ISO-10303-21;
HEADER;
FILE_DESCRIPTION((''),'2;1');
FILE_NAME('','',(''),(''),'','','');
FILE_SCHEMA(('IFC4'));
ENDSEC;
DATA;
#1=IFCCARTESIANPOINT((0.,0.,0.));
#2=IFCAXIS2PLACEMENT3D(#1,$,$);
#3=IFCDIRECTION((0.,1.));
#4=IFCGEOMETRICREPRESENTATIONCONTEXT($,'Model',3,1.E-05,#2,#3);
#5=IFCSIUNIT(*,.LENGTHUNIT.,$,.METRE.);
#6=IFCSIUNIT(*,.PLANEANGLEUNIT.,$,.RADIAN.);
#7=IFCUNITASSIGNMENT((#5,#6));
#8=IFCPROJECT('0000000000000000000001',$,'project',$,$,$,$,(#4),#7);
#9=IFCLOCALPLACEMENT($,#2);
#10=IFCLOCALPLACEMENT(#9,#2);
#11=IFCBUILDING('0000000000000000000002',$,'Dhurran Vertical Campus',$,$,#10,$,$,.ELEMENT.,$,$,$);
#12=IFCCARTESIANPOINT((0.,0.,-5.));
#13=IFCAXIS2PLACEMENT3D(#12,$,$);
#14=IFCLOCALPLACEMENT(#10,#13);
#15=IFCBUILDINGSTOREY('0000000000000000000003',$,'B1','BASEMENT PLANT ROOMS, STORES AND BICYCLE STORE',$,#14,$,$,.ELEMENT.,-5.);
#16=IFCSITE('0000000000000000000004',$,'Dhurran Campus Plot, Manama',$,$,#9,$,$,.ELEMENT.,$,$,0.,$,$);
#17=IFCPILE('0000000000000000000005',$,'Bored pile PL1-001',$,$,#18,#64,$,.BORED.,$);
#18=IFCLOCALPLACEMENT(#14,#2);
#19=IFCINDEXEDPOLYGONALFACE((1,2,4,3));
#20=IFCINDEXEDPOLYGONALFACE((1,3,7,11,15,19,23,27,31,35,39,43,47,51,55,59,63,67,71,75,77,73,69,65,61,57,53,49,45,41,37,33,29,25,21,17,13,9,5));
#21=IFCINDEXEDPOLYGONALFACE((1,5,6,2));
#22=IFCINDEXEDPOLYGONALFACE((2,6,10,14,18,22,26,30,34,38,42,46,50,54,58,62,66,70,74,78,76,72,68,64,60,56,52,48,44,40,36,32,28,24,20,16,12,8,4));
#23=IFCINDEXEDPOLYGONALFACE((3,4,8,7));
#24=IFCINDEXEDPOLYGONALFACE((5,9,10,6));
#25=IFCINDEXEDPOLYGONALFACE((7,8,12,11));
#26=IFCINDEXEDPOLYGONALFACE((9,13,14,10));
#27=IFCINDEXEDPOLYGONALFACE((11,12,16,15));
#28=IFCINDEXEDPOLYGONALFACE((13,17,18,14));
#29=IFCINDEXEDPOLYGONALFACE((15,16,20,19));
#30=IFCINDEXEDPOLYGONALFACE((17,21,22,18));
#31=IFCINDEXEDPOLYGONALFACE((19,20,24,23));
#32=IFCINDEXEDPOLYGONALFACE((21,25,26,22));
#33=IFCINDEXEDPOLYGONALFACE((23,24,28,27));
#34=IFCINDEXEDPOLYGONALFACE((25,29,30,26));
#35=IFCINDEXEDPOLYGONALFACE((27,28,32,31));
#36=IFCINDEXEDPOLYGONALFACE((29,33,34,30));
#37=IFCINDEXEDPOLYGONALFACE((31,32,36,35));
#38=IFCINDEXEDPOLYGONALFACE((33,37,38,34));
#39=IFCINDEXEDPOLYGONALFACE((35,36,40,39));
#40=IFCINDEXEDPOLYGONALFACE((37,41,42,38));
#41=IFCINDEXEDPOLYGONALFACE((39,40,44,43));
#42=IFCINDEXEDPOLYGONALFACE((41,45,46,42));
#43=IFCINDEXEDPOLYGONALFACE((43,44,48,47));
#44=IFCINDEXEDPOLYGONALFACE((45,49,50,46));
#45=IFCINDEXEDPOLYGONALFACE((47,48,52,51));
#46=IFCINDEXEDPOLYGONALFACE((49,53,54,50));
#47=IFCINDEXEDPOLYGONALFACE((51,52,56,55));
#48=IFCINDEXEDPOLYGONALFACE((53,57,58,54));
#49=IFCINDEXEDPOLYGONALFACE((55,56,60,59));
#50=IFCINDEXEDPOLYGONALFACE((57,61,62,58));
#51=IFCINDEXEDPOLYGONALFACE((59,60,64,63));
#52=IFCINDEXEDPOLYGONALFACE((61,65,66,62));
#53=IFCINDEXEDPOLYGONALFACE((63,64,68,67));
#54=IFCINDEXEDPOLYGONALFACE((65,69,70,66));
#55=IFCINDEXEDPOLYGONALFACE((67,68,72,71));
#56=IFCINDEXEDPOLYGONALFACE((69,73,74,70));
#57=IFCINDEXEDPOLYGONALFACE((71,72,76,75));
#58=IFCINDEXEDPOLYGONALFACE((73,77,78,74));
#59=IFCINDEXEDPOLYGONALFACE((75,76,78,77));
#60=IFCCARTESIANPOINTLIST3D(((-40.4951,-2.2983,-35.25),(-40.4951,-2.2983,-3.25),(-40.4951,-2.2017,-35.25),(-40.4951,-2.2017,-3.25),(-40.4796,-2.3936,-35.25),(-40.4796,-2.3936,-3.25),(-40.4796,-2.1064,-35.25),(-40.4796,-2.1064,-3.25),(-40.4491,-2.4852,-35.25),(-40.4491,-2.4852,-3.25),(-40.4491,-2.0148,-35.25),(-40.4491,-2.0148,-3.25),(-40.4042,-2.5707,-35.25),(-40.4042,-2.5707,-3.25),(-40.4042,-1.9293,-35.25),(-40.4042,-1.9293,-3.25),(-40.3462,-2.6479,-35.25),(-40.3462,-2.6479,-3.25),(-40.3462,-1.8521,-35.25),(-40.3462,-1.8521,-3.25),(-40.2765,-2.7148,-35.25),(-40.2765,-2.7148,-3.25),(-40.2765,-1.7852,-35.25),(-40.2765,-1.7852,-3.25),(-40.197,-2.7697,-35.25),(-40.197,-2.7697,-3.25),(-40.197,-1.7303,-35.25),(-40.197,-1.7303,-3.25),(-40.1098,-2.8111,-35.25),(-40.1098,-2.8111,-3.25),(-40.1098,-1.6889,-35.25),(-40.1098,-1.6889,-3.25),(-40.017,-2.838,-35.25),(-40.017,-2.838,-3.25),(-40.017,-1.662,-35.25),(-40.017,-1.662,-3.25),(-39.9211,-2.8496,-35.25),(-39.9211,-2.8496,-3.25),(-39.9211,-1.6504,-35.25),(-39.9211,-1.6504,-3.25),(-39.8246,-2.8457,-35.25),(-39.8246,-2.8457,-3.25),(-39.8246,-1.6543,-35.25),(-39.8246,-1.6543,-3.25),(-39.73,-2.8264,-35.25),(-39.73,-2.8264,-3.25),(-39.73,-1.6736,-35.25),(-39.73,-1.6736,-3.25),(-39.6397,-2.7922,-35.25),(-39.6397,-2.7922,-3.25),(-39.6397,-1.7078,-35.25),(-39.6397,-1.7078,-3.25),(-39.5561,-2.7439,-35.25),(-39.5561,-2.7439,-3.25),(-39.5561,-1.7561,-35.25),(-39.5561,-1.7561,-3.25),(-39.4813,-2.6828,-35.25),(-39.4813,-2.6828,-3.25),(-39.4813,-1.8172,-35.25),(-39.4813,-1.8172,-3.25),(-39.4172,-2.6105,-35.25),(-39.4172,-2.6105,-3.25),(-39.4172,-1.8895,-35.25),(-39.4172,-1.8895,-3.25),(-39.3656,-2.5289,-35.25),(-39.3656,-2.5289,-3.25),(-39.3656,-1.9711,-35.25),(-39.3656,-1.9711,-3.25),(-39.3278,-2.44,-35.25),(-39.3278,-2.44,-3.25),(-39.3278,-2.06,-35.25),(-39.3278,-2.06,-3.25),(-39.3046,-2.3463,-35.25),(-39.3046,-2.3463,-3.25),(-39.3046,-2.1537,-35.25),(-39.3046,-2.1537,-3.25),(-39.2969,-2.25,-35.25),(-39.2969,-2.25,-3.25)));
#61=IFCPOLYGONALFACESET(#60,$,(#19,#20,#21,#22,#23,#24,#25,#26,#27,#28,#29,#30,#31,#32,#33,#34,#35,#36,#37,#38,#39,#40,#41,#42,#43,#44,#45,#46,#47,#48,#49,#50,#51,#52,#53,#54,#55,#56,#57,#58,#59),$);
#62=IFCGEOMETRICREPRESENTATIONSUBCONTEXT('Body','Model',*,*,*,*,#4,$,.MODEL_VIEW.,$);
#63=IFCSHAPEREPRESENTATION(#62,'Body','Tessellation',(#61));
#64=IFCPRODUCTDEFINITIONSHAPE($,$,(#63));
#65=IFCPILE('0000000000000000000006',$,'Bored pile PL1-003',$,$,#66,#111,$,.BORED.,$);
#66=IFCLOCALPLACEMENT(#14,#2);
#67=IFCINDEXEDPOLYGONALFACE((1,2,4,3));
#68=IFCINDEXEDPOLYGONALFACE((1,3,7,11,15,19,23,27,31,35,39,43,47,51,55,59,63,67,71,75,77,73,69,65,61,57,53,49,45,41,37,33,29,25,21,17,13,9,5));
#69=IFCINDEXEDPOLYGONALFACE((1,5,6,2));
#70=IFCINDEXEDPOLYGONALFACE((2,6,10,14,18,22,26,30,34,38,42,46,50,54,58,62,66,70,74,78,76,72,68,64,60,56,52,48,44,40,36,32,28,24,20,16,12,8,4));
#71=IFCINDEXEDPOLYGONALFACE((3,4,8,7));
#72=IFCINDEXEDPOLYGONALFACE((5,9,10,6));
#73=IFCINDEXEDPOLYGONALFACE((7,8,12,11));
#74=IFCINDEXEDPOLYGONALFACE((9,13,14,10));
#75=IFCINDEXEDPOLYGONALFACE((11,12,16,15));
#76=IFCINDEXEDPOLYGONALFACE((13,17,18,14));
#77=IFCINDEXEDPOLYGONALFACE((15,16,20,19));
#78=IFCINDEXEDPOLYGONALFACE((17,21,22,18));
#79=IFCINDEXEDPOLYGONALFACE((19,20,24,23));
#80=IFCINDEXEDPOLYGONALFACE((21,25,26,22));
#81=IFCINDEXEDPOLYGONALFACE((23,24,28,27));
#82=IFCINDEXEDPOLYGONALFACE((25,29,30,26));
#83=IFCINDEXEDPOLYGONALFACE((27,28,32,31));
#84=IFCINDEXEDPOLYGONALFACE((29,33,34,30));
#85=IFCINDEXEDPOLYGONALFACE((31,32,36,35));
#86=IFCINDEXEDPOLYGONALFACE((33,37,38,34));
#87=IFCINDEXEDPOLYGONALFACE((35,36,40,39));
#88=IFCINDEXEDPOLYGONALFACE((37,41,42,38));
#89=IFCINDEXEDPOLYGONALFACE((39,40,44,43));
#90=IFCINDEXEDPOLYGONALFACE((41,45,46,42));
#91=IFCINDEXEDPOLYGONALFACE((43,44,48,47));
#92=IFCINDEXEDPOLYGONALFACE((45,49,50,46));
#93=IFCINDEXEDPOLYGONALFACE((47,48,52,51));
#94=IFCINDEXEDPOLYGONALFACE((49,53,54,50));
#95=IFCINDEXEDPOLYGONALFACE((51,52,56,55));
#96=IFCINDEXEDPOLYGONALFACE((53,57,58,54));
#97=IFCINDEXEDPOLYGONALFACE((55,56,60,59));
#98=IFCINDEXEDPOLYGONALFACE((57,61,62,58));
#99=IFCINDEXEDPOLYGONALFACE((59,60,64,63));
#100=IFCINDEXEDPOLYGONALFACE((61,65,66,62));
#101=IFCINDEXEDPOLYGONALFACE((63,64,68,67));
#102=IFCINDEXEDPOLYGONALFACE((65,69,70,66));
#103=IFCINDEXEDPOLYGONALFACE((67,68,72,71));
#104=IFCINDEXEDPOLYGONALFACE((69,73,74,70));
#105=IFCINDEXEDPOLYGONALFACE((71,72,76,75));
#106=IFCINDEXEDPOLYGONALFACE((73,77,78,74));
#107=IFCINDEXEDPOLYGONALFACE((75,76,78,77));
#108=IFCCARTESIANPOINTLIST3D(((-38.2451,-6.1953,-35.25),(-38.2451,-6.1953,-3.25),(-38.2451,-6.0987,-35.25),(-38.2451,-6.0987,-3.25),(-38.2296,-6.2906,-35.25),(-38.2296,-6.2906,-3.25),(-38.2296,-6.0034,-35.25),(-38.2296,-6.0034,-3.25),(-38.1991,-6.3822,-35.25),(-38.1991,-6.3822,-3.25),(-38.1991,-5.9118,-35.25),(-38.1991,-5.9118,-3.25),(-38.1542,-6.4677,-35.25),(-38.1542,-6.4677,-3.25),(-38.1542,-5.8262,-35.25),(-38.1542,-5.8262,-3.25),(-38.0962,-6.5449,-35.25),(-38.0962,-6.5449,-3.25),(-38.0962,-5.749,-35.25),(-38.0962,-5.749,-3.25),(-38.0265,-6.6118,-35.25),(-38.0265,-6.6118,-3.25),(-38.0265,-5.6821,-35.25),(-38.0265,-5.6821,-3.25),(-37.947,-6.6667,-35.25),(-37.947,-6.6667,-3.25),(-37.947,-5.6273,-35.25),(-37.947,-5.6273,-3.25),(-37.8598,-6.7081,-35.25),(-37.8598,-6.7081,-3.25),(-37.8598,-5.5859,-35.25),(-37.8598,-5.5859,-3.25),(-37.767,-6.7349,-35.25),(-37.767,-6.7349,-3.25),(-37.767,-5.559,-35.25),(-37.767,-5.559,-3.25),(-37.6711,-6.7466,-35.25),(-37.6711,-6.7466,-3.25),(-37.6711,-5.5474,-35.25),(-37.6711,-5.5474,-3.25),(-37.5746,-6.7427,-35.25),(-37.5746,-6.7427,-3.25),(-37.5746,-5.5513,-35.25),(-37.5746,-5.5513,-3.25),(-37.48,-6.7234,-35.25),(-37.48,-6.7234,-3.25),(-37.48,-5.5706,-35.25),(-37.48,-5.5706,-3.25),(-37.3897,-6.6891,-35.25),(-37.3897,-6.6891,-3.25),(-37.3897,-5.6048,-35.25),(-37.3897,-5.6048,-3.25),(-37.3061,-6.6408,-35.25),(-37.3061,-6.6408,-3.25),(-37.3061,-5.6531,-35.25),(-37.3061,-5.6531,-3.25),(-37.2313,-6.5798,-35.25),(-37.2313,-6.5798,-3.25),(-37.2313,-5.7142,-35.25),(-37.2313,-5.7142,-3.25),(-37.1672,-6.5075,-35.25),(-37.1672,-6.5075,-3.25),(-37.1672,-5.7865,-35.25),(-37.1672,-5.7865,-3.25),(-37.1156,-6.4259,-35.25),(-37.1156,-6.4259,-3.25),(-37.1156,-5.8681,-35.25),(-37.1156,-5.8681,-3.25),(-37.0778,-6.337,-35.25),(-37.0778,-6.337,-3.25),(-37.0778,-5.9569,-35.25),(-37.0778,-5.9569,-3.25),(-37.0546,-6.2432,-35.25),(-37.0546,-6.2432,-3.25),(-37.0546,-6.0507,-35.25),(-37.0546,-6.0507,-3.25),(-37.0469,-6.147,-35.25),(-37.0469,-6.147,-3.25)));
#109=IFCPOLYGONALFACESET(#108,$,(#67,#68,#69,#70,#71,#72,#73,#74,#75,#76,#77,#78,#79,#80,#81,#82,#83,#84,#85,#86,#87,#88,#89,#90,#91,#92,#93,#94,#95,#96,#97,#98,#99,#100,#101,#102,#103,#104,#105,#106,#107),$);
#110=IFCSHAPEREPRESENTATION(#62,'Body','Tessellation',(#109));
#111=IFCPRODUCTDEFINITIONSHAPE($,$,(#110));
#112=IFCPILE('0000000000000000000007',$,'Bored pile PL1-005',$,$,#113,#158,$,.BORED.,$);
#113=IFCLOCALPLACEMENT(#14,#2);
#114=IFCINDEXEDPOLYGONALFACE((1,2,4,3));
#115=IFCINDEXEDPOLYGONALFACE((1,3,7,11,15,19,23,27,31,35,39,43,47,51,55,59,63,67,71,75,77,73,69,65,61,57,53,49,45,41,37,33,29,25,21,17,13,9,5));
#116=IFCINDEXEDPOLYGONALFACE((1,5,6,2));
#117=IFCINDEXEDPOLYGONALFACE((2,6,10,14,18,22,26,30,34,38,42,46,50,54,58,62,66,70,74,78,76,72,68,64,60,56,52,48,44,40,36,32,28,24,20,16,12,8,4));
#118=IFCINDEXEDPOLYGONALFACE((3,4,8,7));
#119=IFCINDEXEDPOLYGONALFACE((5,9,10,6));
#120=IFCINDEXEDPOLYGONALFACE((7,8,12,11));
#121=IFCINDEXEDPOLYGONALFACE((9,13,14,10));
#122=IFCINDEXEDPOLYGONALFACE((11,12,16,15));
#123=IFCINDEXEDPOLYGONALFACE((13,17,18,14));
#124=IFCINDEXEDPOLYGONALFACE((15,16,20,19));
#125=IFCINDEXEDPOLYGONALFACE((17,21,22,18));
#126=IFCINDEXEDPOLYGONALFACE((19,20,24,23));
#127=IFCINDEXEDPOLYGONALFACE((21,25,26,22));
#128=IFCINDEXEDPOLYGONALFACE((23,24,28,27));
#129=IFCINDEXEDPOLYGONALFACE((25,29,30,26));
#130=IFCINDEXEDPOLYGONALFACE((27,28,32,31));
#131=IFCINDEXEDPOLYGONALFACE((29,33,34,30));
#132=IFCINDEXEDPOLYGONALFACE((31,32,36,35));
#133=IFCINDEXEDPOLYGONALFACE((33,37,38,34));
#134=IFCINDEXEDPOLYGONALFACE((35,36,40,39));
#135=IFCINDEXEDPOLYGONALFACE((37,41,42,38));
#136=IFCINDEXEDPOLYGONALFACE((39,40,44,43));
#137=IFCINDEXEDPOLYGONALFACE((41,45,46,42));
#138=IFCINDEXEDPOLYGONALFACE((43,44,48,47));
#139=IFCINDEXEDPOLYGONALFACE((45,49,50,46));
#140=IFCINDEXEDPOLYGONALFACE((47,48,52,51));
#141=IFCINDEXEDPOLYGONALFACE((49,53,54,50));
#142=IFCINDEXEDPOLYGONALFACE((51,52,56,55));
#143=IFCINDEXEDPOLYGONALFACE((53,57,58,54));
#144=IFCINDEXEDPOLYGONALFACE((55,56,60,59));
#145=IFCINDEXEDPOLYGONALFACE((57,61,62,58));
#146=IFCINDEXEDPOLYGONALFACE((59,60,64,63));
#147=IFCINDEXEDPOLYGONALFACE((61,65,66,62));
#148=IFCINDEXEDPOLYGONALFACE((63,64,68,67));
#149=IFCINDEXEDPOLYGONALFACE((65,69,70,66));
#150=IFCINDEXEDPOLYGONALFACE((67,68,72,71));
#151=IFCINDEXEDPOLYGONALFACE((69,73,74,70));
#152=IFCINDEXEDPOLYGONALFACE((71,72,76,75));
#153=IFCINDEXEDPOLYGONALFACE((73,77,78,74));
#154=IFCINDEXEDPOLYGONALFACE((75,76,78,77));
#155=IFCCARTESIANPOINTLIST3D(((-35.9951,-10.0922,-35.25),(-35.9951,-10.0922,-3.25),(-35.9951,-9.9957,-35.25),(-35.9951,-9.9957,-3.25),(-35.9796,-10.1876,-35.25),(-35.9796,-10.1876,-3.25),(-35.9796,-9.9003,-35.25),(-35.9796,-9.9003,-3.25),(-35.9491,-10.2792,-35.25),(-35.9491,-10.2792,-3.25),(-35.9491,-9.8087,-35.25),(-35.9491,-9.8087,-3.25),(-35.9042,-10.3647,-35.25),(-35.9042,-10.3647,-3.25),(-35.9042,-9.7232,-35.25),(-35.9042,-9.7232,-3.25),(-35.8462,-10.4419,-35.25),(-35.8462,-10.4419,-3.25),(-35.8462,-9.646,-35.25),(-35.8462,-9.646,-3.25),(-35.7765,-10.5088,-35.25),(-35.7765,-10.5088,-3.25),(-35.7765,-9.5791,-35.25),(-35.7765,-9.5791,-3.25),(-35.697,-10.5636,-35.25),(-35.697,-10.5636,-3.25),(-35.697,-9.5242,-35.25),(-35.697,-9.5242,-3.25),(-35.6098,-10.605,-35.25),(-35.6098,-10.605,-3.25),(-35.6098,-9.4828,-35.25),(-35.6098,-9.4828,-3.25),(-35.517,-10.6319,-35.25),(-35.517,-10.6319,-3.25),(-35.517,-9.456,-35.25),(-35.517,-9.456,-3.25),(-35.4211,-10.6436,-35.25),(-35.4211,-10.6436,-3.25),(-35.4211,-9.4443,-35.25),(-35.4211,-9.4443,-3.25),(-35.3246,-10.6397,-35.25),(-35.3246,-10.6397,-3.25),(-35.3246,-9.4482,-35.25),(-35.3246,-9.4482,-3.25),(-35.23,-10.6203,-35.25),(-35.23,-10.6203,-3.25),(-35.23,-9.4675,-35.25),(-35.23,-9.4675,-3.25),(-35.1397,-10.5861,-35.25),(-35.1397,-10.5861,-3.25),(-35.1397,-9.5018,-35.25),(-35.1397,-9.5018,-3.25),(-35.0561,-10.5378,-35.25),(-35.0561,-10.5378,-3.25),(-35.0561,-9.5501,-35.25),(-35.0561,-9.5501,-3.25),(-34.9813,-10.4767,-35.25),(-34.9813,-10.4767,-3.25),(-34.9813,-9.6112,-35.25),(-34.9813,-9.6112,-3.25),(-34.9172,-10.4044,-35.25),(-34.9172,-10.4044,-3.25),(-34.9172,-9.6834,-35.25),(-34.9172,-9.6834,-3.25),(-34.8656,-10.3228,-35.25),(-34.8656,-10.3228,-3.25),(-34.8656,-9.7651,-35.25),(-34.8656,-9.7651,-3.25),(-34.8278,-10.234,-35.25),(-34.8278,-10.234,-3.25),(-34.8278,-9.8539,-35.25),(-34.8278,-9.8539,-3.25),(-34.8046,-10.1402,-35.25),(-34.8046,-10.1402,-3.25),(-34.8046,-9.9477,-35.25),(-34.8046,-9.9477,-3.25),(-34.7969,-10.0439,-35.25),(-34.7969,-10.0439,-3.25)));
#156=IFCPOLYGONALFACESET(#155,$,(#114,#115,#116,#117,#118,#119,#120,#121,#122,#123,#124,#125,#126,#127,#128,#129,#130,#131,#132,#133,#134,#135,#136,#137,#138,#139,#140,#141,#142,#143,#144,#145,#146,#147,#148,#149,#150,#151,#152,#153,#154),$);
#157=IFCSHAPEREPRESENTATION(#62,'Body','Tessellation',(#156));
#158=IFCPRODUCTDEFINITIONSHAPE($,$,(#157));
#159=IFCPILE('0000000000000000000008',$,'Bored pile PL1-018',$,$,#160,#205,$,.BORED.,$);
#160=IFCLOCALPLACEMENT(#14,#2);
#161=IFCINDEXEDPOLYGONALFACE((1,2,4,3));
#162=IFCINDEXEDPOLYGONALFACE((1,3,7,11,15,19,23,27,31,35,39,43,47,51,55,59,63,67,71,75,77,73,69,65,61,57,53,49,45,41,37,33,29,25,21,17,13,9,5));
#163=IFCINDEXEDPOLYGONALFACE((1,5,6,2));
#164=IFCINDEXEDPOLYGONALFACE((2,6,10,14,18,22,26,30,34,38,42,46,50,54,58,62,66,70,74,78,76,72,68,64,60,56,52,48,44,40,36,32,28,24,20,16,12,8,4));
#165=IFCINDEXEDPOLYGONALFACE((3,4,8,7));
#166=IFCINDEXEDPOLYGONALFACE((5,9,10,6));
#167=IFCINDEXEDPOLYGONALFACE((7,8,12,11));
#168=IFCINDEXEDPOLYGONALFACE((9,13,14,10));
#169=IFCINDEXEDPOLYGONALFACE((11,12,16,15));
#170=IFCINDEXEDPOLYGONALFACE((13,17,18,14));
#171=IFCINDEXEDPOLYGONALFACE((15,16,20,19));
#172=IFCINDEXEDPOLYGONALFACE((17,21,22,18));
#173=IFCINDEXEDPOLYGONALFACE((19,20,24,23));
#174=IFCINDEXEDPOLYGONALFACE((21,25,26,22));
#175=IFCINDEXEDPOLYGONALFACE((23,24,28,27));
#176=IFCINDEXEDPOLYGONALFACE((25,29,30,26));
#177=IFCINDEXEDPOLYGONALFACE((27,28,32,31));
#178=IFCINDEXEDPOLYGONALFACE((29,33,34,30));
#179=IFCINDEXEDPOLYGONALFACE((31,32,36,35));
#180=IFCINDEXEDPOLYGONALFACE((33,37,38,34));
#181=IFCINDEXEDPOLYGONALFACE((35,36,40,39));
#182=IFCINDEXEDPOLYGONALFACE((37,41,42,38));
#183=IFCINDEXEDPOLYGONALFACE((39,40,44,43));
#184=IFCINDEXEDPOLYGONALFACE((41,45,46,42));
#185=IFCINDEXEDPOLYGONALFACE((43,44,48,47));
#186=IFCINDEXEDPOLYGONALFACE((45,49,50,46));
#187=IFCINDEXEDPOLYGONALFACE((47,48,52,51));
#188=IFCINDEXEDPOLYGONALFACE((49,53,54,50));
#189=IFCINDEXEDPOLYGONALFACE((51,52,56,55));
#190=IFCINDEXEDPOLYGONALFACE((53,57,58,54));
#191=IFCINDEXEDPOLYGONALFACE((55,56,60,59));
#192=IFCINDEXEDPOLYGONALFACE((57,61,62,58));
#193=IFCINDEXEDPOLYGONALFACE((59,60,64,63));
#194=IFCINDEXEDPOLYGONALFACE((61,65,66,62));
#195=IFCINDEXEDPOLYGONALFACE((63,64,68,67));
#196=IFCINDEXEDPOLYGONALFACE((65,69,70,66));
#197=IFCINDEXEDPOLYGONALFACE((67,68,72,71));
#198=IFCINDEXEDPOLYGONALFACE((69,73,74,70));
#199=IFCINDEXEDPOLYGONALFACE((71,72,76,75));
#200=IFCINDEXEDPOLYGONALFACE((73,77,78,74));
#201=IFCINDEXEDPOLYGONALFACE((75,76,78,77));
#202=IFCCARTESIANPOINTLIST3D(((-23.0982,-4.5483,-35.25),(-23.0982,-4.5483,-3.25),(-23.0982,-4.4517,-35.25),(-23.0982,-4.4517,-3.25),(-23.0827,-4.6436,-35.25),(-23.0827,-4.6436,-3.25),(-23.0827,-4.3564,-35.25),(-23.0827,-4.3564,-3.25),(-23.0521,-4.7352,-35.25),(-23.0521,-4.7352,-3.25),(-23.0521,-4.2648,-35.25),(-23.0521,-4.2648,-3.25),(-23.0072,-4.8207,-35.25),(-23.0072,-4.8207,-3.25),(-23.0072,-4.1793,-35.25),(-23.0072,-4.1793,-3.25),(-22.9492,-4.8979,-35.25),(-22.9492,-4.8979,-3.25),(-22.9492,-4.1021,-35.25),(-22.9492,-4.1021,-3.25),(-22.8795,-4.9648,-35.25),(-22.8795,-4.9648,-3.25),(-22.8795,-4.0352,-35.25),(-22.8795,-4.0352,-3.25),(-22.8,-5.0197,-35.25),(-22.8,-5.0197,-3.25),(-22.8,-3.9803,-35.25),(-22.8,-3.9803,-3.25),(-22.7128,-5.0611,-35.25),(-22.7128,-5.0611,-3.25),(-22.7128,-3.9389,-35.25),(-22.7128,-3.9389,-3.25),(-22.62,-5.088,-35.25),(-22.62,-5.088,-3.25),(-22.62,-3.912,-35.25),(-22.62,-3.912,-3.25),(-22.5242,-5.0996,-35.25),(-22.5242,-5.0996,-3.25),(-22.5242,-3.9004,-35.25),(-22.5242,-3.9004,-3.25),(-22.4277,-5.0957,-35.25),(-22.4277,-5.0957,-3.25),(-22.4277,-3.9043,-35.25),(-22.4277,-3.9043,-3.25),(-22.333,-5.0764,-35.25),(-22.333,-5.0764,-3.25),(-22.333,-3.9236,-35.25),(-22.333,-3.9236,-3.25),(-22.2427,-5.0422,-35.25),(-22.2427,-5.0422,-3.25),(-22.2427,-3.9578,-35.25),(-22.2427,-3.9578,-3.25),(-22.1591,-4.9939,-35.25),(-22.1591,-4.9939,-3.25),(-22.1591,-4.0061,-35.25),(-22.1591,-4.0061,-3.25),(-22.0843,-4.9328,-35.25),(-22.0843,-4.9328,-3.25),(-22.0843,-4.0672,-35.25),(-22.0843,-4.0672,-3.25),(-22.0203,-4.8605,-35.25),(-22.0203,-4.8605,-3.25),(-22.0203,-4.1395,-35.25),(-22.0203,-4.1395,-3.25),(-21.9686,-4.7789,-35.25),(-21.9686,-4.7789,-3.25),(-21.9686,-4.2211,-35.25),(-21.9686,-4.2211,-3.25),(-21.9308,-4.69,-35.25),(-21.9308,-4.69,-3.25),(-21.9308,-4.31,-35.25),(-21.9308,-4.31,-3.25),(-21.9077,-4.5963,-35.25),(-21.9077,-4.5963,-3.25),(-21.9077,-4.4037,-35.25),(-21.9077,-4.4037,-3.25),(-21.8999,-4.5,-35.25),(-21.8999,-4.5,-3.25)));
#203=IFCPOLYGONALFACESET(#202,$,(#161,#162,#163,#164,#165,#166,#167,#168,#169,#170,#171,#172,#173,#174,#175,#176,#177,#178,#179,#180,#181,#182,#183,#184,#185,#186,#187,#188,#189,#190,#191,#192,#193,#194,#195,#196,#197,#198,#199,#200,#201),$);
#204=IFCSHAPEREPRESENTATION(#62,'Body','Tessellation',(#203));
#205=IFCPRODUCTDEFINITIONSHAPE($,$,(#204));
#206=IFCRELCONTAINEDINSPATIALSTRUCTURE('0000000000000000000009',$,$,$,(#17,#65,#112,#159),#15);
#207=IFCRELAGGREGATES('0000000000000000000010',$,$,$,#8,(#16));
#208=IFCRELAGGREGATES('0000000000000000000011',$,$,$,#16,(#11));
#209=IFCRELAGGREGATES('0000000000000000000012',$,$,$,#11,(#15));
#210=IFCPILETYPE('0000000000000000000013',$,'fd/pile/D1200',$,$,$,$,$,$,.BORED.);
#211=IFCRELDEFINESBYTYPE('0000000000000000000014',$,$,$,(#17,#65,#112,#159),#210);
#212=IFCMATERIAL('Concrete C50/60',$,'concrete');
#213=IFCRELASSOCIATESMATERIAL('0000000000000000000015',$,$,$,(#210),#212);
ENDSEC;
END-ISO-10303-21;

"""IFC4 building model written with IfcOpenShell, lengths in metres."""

from ifc_helpers import new_model, si_unit, direction, frame, origin, origin_2d, place, context, subcontext, project, spatial, circle, extrude, material, material_profile, profile_set, type_object, element, save


model = new_model("IFC4")

# Units and contexts
model_context = context("Model", 3, precision=1e-05, world=origin(), true_north=direction((0.0, 1.0)))
body_context = subcontext(model_context, "Body", "Model", "MODEL_VIEW")
ifc_project = project(units=[si_unit("LENGTHUNIT", "METRE"), si_unit("PLANEANGLEUNIT", "RADIAN")], contexts=[model_context])

# Site, building, storey
site_placement = place(None, origin())
site = spatial("IfcSite", under=ifc_project, at=site_placement, Name="Dhurran Campus Plot, Manama", CompositionType="ELEMENT", RefElevation=0.0)
building_placement = place(site_placement, origin())
building = spatial("IfcBuilding", under=site, at=building_placement, Name="Dhurran Vertical Campus", CompositionType="ELEMENT")
storey_placement = place(building_placement, frame((0.0, 0.0, -5.0)))
storey = spatial("IfcBuildingStorey", under=building, at=storey_placement, Name="B1", Description="BASEMENT PLANT ROOMS, STORES AND BICYCLE STORE", CompositionType="ELEMENT", Elevation=-5.0)

# Piles
ifc_material_1 = material(Name="Concrete C50/60", Category="concrete")
ifc_material_profile_1 = material_profile(ifc_material_1, circle(Radius=0.6001, at=origin_2d()), Name="fd/pile/D1200")
ifc_profile_set_1 = profile_set([ifc_material_profile_1], Name="Concrete C50/60")
pile_type = type_object("IfcPileType", Name="fd/pile/D1200", PredefinedType="BORED", material=ifc_profile_set_1)
for number, where, z_axis, x_axis, name in (
    (1, (-39.897, -2.25, -3.25), (0.0, 0.0, -1.0), (1.0, 0.0, 0.0), "Bored pile PL1-001"),
    (2, (-37.647, -6.147, -3.25), (0.0, 0.0, -1.0), (1.0, 0.0, 0.0), "Bored pile PL1-003"),
    (3, (-35.397, -10.0439, -3.25), (0.0, 0.0, -1.0), (1.0, 0.0, 0.0), "Bored pile PL1-005"),
    (4, (-22.5, -4.5, -3.25), (0.0, 0.0, -1.0), (1.0, 0.0, 0.0), "Bored pile PL1-018"),
):
    element("IfcPile", number, at=place(storey_placement, frame(where, z_axis=z_axis, x_axis=x_axis)), inside=storey, type_object=pile_type, Name=name, PredefinedType="BORED", context=body_context, shape_type="SweptSolid", body=[
        extrude(circle(Radius=0.6001, at=origin_2d()), origin(), (0.0, 0.0, 1.0), 32.0),
    ])

save(model, "model.ifc")
